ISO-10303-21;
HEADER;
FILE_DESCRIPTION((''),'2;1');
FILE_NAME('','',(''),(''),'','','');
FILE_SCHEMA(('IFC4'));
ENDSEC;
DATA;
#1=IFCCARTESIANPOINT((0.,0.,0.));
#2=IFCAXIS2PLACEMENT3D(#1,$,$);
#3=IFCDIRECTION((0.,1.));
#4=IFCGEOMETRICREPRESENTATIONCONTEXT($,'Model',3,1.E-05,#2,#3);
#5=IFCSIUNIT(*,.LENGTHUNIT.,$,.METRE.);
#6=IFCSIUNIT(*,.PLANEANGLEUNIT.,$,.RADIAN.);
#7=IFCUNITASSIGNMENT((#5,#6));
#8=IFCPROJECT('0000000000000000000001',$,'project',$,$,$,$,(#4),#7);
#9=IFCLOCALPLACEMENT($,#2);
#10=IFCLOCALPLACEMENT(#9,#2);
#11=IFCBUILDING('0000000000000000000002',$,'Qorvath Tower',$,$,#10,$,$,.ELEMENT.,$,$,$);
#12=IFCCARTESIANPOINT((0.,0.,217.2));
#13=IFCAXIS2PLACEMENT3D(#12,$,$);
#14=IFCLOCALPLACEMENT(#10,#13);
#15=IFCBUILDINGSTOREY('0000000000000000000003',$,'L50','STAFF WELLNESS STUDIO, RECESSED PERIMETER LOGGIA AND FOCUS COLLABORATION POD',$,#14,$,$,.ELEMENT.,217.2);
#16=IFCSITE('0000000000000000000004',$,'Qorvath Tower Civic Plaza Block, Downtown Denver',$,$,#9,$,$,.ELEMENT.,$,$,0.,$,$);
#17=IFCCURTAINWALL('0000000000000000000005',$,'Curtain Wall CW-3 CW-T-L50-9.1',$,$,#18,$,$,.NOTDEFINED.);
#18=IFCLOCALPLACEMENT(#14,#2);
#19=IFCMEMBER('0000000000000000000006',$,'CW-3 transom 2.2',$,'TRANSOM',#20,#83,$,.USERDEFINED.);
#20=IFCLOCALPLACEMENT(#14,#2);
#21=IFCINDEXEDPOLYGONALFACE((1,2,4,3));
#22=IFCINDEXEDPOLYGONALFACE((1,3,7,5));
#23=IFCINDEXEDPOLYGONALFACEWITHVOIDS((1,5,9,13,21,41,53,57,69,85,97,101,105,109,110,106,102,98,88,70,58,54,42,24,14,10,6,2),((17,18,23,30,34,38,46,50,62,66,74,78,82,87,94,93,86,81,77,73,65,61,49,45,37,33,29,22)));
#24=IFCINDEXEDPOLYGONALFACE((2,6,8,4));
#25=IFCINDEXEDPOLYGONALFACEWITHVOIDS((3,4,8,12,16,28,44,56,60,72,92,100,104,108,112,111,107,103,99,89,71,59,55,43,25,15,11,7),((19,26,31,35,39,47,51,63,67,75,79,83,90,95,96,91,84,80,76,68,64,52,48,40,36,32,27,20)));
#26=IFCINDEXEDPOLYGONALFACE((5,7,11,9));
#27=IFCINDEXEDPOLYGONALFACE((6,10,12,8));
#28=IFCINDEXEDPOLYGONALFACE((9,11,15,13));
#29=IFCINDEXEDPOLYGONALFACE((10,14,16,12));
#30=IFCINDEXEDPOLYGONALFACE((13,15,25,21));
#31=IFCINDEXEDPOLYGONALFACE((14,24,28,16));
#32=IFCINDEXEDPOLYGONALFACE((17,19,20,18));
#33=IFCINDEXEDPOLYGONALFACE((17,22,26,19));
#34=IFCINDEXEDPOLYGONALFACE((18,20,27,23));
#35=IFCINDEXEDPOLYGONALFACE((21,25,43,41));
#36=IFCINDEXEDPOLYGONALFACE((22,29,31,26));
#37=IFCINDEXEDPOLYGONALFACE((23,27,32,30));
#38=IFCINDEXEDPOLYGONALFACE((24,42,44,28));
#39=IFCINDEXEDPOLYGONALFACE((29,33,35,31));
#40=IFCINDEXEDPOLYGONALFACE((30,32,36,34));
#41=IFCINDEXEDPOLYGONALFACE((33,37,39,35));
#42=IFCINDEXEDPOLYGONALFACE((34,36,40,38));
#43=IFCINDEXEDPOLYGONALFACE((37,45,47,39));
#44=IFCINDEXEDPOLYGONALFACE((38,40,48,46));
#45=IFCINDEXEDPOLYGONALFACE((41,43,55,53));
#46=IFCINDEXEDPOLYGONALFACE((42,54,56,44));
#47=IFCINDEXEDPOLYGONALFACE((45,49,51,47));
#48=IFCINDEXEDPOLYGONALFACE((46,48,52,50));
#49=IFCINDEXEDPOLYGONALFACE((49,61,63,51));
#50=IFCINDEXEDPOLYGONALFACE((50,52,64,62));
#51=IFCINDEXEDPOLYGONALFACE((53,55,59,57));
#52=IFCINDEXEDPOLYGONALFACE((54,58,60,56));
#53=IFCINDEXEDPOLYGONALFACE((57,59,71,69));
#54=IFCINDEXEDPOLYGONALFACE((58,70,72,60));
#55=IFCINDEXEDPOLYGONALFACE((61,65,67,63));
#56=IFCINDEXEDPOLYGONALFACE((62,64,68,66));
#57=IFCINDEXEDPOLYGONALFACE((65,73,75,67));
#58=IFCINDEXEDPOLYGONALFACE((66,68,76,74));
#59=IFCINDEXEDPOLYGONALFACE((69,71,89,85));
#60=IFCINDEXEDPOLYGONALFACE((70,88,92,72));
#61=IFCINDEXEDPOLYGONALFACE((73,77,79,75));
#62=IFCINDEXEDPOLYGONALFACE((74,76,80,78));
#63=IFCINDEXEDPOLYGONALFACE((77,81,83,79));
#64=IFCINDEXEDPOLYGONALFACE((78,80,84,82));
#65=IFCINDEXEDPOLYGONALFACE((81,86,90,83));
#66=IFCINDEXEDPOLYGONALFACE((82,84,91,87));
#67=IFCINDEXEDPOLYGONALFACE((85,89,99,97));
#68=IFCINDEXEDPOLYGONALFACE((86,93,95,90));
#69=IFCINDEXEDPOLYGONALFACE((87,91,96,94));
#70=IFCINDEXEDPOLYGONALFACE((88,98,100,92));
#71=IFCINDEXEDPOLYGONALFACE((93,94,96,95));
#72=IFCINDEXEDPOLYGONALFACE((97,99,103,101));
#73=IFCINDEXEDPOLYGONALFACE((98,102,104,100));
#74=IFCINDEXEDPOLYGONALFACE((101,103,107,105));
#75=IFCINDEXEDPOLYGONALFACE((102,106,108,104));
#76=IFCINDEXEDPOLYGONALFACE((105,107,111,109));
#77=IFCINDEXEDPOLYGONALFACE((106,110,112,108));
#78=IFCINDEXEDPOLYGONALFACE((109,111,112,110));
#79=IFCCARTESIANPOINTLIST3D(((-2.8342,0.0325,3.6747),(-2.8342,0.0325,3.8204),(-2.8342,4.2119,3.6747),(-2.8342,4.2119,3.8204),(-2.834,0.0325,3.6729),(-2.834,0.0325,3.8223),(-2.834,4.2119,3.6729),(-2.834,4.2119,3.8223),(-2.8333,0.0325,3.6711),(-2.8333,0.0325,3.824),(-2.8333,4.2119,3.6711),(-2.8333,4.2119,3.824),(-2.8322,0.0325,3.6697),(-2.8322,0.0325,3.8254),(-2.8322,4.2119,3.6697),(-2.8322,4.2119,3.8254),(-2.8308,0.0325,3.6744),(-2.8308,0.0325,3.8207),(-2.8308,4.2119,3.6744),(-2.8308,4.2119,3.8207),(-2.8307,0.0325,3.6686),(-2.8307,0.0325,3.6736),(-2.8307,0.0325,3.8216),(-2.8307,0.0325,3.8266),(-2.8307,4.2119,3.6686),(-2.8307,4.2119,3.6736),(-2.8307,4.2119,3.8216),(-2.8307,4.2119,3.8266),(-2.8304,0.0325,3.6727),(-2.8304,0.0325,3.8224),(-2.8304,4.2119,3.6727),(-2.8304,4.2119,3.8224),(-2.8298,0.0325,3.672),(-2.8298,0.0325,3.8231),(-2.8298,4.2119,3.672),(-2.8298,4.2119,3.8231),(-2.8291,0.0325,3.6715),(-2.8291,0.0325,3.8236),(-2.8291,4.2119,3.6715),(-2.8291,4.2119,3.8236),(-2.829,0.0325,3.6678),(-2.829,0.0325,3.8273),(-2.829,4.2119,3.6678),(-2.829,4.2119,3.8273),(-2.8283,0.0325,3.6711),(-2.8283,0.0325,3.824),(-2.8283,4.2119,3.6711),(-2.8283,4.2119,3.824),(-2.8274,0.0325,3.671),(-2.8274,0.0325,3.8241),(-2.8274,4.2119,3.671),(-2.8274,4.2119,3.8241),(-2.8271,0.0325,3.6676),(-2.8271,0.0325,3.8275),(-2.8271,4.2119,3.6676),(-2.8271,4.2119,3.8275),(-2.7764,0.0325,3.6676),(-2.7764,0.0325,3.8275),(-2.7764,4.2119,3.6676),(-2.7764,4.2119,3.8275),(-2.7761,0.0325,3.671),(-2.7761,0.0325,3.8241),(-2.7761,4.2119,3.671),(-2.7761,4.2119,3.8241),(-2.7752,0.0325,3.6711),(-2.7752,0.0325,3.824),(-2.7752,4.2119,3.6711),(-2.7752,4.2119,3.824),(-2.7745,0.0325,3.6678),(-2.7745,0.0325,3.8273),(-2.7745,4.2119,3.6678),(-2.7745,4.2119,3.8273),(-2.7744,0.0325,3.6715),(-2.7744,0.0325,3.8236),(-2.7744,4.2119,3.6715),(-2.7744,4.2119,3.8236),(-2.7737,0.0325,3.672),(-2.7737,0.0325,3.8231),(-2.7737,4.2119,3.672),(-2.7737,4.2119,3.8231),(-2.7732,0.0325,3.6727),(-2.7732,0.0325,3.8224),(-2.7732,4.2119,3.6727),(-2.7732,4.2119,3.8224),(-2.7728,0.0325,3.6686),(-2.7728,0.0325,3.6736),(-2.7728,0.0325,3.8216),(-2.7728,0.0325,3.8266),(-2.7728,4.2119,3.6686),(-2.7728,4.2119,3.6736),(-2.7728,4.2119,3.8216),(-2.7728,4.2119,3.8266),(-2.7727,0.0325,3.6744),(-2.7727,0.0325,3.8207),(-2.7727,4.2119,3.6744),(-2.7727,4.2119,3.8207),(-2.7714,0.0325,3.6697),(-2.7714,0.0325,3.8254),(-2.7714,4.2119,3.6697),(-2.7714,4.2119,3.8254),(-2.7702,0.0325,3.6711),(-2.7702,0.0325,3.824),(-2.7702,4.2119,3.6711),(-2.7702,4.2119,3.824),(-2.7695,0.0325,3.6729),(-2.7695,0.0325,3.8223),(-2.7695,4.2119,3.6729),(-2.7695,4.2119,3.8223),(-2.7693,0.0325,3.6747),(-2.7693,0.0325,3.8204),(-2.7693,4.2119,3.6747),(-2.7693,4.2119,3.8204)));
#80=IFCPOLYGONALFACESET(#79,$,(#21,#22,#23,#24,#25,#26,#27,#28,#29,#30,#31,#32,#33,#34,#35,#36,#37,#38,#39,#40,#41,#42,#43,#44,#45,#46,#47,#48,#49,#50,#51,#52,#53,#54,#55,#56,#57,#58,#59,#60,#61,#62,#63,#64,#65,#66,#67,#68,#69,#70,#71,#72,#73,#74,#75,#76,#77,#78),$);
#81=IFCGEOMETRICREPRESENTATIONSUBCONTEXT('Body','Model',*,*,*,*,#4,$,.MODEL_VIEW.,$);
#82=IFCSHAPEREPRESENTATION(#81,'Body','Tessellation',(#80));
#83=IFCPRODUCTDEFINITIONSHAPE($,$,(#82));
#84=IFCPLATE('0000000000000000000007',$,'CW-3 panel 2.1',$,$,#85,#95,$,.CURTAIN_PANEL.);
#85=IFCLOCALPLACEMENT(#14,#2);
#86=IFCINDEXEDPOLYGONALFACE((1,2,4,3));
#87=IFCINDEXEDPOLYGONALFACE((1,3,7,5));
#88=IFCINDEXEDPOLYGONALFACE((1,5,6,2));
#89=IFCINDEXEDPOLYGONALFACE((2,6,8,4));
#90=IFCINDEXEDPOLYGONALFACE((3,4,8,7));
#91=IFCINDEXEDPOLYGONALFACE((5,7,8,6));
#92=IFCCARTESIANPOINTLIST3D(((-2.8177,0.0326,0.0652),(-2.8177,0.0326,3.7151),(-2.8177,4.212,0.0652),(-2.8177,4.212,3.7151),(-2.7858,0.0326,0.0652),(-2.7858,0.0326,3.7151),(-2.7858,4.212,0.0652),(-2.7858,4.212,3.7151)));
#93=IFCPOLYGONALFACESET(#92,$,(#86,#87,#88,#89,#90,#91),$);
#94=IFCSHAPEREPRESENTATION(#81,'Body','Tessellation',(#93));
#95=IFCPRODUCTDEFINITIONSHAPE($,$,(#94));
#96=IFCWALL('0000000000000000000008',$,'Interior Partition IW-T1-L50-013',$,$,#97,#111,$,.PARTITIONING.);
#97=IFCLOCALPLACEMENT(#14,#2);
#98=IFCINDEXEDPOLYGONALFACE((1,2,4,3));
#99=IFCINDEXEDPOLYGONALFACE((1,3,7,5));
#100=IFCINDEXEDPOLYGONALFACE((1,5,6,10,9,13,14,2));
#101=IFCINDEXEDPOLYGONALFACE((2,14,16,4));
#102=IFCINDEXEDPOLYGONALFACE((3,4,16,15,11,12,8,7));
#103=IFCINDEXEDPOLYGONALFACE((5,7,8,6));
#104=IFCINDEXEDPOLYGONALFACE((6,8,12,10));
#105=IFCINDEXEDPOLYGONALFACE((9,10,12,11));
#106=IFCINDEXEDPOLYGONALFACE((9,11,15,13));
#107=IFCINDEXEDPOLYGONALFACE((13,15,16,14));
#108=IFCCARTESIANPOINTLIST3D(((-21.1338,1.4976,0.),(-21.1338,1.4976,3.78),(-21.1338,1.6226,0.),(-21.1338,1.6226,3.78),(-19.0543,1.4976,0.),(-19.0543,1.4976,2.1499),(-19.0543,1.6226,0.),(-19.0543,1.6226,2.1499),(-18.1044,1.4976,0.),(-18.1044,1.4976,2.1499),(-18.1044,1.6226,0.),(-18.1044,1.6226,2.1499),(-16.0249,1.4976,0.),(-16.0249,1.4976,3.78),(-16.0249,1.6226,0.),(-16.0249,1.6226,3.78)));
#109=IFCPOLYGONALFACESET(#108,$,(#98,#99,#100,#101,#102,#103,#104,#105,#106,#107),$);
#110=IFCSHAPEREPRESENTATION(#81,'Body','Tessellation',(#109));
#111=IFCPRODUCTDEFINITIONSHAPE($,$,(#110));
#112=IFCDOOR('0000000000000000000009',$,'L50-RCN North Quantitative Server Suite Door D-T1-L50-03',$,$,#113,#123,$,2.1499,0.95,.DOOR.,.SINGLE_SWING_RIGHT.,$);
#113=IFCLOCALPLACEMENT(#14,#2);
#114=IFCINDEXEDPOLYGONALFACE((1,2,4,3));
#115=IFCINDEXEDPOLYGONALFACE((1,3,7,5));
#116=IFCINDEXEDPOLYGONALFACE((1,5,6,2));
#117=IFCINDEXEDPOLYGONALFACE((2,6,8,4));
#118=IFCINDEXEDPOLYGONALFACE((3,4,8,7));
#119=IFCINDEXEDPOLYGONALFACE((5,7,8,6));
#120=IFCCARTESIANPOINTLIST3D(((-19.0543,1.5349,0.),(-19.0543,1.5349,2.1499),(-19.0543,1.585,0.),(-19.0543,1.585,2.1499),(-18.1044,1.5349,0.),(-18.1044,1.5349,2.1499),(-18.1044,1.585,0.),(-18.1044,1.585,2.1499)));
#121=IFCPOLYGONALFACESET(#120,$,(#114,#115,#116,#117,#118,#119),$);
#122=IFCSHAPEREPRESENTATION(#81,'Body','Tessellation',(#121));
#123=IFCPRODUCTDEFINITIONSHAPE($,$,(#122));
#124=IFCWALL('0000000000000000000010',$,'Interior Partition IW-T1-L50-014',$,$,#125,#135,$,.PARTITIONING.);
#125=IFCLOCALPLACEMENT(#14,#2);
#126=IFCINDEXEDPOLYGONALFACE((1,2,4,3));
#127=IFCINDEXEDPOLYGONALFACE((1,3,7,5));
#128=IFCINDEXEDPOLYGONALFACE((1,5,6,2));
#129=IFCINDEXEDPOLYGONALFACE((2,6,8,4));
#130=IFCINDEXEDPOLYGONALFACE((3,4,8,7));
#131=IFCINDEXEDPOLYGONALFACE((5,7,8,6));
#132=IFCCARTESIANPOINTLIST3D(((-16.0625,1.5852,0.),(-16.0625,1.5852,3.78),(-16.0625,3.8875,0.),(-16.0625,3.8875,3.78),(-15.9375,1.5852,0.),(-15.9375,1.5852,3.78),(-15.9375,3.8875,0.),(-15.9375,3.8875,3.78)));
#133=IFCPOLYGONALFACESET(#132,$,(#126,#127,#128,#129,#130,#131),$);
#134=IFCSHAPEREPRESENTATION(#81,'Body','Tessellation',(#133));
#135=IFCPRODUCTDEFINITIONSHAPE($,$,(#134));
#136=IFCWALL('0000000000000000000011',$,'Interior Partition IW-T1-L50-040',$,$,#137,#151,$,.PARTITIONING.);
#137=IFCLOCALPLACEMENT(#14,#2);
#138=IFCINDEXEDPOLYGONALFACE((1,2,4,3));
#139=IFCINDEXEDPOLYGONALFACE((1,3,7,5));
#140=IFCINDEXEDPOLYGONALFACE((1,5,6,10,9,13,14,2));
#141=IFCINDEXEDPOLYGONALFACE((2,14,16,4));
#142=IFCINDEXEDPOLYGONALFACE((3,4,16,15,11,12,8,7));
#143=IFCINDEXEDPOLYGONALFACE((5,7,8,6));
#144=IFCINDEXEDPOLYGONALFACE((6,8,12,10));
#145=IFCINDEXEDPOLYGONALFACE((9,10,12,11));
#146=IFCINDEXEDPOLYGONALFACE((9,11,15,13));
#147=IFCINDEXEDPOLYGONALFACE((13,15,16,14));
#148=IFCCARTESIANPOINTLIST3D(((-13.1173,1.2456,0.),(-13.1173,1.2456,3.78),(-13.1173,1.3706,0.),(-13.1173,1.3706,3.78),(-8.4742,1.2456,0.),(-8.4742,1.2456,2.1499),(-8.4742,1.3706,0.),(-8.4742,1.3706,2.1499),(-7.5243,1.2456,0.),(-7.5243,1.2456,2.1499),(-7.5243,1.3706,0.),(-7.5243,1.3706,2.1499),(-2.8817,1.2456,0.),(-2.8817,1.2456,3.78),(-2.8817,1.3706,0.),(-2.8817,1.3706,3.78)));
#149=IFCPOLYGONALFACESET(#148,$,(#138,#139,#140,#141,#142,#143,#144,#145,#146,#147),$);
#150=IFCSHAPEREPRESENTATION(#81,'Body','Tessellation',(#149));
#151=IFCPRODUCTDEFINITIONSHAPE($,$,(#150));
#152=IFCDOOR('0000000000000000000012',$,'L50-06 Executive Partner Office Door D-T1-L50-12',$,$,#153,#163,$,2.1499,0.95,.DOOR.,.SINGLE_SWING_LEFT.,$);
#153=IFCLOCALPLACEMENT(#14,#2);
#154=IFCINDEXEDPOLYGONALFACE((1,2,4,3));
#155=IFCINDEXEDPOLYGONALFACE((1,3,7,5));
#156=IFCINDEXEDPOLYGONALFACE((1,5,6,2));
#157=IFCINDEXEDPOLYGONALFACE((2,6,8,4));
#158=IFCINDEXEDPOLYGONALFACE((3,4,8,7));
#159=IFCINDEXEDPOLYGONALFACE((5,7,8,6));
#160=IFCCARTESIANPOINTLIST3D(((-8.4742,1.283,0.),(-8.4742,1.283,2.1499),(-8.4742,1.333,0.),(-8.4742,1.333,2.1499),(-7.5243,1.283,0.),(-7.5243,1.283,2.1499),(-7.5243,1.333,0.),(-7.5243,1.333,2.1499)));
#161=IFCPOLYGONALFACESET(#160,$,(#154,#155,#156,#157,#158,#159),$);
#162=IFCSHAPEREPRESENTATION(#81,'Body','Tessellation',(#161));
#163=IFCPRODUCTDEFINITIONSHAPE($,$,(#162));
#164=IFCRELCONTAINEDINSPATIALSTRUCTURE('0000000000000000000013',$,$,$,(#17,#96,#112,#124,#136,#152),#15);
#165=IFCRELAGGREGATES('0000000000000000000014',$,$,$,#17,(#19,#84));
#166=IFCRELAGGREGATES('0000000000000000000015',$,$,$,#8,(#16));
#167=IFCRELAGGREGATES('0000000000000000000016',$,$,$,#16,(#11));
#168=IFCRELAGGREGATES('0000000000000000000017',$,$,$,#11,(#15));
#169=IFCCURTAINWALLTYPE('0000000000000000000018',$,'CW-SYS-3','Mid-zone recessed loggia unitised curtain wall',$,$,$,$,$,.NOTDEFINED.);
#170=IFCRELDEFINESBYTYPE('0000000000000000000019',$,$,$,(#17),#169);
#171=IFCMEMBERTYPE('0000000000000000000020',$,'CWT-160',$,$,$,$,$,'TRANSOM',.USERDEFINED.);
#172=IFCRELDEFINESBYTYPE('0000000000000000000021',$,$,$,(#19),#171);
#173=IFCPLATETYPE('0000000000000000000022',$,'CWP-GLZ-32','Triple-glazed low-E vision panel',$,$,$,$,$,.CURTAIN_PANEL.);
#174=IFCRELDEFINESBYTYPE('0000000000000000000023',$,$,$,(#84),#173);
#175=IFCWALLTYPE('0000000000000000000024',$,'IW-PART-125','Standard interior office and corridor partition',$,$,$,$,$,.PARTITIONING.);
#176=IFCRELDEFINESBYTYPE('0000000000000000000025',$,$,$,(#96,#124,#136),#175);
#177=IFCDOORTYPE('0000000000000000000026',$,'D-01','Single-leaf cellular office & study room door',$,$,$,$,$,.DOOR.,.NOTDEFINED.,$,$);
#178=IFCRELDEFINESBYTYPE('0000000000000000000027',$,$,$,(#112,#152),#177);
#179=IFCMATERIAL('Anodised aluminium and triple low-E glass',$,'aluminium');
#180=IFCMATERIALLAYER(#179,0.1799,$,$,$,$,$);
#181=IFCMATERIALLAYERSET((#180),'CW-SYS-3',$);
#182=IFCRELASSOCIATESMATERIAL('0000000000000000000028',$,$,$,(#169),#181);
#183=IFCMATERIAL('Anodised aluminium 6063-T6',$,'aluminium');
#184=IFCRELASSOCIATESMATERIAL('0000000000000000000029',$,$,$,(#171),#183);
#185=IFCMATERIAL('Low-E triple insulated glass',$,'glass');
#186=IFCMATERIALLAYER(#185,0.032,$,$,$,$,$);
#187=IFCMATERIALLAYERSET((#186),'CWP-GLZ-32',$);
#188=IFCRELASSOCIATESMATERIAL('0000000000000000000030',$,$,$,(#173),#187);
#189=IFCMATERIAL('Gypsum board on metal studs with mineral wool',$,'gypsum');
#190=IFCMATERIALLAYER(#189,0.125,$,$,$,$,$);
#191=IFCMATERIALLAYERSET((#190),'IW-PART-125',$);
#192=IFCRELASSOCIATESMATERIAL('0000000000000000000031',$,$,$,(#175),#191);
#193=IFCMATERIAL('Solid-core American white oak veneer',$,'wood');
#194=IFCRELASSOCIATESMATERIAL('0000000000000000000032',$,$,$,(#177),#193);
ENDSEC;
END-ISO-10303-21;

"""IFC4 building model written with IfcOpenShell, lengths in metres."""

from ifc_helpers import new_model, si_unit, direction, frame, frame_2d, origin, origin_2d, place, context, subcontext, project, spatial, rectangle, hollow_rectangle, extrude, material, layer, layer_set, material_profile, profile_set, type_object, element, fill, aggregate, save


model = new_model("IFC4")

# Units and contexts
model_context = context("Model", 3, precision=1e-05, world=origin(), true_north=direction((0.0, 1.0)))
body_context = subcontext(model_context, "Body", "Model", "MODEL_VIEW")
ifc_project = project(units=[si_unit("LENGTHUNIT", "METRE"), si_unit("PLANEANGLEUNIT", "RADIAN")], contexts=[model_context])

# Site, building, storey
site_placement = place(None, origin())
site = spatial("IfcSite", under=ifc_project, at=site_placement, Name="Qorvath Tower Civic Plaza Block, Downtown Denver", CompositionType="ELEMENT", RefElevation=0.0)
building_placement = place(site_placement, origin())
building = spatial("IfcBuilding", under=site, at=building_placement, Name="Qorvath Tower", CompositionType="ELEMENT")
storey_placement = place(building_placement, frame((0.0, 0.0, 217.2)))
storey = spatial("IfcBuildingStorey", under=building, at=storey_placement, Name="L50", Description="STAFF WELLNESS STUDIO, RECESSED PERIMETER LOGGIA AND FOCUS COLLABORATION POD", CompositionType="ELEMENT", Elevation=217.2)

# Curtain wall, member, plate
ifc_material_1 = material(Name="Anodised aluminium and triple low-E glass", Category="aluminium")
ifc_layer_1 = layer(ifc_material_1, 0.1799)
ifc_layer_set_1 = layer_set([ifc_layer_1], Name="CW-SYS-3")
curtain_wall_type = type_object("IfcCurtainWallType", Name="CW-SYS-3", Description="Mid-zone recessed loggia unitised curtain wall", PredefinedType="NOTDEFINED", material=ifc_layer_set_1)
curtain_wall_placement = place(storey_placement, origin())
curtain_wall = element("IfcCurtainWall", 1, at=curtain_wall_placement, inside=storey, type_object=curtain_wall_type, Name="Curtain Wall CW-3 CW-T-L50-9.1", PredefinedType="NOTDEFINED")
ifc_material_2 = material(Name="Anodised aluminium 6063-T6", Category="aluminium")
ifc_material_profile_1 = material_profile(ifc_material_2, hollow_rectangle(XDim=0.0649, YDim=0.1599, WallThickness=0.0034, InnerFilletRadius=0.0034, OuterFilletRadius=0.0071, at=origin_2d()), Name="CWT 160x65")
ifc_profile_set_1 = profile_set([ifc_material_profile_1], Name="Anodised aluminium 6063-T6")
member_type_1 = type_object("IfcMemberType", Name="CWT-160", ElementType="TRANSOM", PredefinedType="USERDEFINED", material=ifc_profile_set_1)
member_1_placement = place(storey_placement, frame((-2.8018, 0.0325, 3.7476), z_axis=(0.0, 1.0, 0.0), x_axis=(-1.0, 0.0, 0.0)))
member_1 = element("IfcMember", 2, at=member_1_placement, type_object=member_type_1, Name="CW-3 transom 2.2", ObjectType="TRANSOM", PredefinedType="USERDEFINED", context=body_context, shape_type="SweptSolid", body=[
    extrude(hollow_rectangle(XDim=0.0649, YDim=0.1599, WallThickness=0.0034, InnerFilletRadius=0.0034, OuterFilletRadius=0.0071, at=origin_2d()), origin(), (0.0, 0.0, 1.0), 4.1794),
])
ifc_material_3 = material(Name="Low-E triple insulated glass", Category="glass")
ifc_layer_2 = layer(ifc_material_3, 0.032)
ifc_layer_set_2 = layer_set([ifc_layer_2], Name="CWP-GLZ-32")
plate_type = type_object("IfcPlateType", Name="CWP-GLZ-32", Description="Triple-glazed low-E vision panel", PredefinedType="CURTAIN_PANEL", material=ifc_layer_set_2)
plate_placement = place(storey_placement, frame((-2.8018, 2.1223, 0.0652), z_axis=(0.0, 0.0, 1.0), x_axis=(0.0, 1.0, 0.0)))
plate = element("IfcPlate", 3, at=plate_placement, type_object=plate_type, Name="CW-3 panel 2.1", PredefinedType="CURTAIN_PANEL", context=body_context, shape_type="SweptSolid", body=[
    extrude(rectangle(XDim=4.1794, YDim=0.032, at=origin_2d()), origin(), (0.0, 0.0, 1.0), 3.6499),
])
aggregate(curtain_wall, [member_1, plate])

# Wall, opening, door
ifc_material_4 = material(Name="Gypsum board on metal studs with mineral wool", Category="gypsum")
ifc_layer_3 = layer(ifc_material_4, 0.125)
ifc_layer_set_3 = layer_set([ifc_layer_3], Name="IW-PART-125")
wall_type_1 = type_object("IfcWallType", Name="IW-PART-125", Description="Standard interior office and corridor partition", PredefinedType="PARTITIONING", material=ifc_layer_set_3)
wall_1_placement = place(storey_placement, frame((-21.1338, 1.5601, 0.0), z_axis=(0.0, 0.0, 1.0), x_axis=(1.0, 0.0, 0.0)))
wall_1 = element("IfcWall", 4, at=wall_1_placement, inside=storey, type_object=wall_type_1, Name="Interior Partition IW-T1-L50-013", PredefinedType="PARTITIONING", context=body_context, shape_type="SweptSolid", body=[
    extrude(rectangle(XDim=5.1089, YDim=0.125, at=frame_2d((2.5544, 0.0))), origin(), (0.0, 0.0, 1.0), 3.78),
])
opening_1_placement = place(wall_1_placement, frame((2.0793, 0.0, 0.0)))
opening_1 = element("IfcOpeningElement", 5, at=opening_1_placement, cuts=wall_1, PredefinedType="OPENING", context=body_context, shape_type="SweptSolid", body=[
    extrude(rectangle(XDim=0.95, YDim=2.1499, at=frame_2d((0.4751, 1.075))), frame((0.0, 0.0725, 0.0), z_axis=(0.0, -1.0, 0.0), x_axis=(1.0, 0.0, 0.0)), (0.0, 0.0, 1.0), 0.145),
])
ifc_material_5 = material(Name="Solid-core American white oak veneer", Category="wood")
door_type_1 = type_object("IfcDoorType", Name="D-01", Description="Single-leaf cellular office & study room door", OperationType="NOTDEFINED", PredefinedType="DOOR", material=ifc_material_5)
door_1_placement = place(opening_1_placement, origin())
door_1 = element("IfcDoor", 6, at=door_1_placement, inside=storey, type_object=door_type_1, Name="L50-RCN North Quantitative Server Suite Door D-T1-L50-03", OperationType="SINGLE_SWING_RIGHT", OverallHeight=2.1499, OverallWidth=0.95, PredefinedType="DOOR", context=body_context, shape_type="SweptSolid", body=[
    extrude(rectangle(XDim=0.95, YDim=2.1499, at=frame_2d((0.4751, 1.075))), frame((0.0, 0.0249, 0.0), z_axis=(0.0, -1.0, 0.0), x_axis=(1.0, 0.0, 0.0)), (0.0, 0.0, 1.0), 0.05),
])
fill(opening_1, door_1)

# Wall
wall_2_placement = place(storey_placement, frame((-16.0, 1.5852, 0.0), z_axis=(0.0, 0.0, 1.0), x_axis=(0.0, 1.0, 0.0)))
element("IfcWall", 7, at=wall_2_placement, inside=storey, type_object=wall_type_1, Name="Interior Partition IW-T1-L50-014", PredefinedType="PARTITIONING", context=body_context, shape_type="SweptSolid", body=[
    extrude(rectangle(XDim=2.3022, YDim=0.125, at=frame_2d((1.1511, 0.0))), origin(), (0.0, 0.0, 1.0), 3.78),
])

# Wall, opening, door
wall_3_placement = place(storey_placement, frame((-13.1172, 1.3081, 0.0), z_axis=(0.0, 0.0, 1.0), x_axis=(1.0, 0.0, 0.0)))
wall_3 = element("IfcWall", 8, at=wall_3_placement, inside=storey, type_object=wall_type_1, Name="Interior Partition IW-T1-L50-040", PredefinedType="PARTITIONING", context=body_context, shape_type="SweptSolid", body=[
    extrude(rectangle(XDim=10.2356, YDim=0.125, at=frame_2d((5.1177, 0.0))), origin(), (0.0, 0.0, 1.0), 3.78),
])
opening_2_placement = place(wall_3_placement, frame((4.6428, 0.0, 0.0)))
opening_2 = element("IfcOpeningElement", 9, at=opening_2_placement, cuts=wall_3, PredefinedType="OPENING", context=body_context, shape_type="SweptSolid", body=[
    extrude(rectangle(XDim=0.95, YDim=2.1499, at=frame_2d((0.4751, 1.075))), frame((0.0, 0.0725, 0.0), z_axis=(0.0, -1.0, 0.0), x_axis=(1.0, 0.0, 0.0)), (0.0, 0.0, 1.0), 0.145),
])
door_2_placement = place(opening_2_placement, origin())
door_2 = element("IfcDoor", 10, at=door_2_placement, inside=storey, type_object=door_type_1, Name="L50-06 Executive Partner Office Door D-T1-L50-12", OperationType="SINGLE_SWING_LEFT", OverallHeight=2.1499, OverallWidth=0.95, PredefinedType="DOOR", context=body_context, shape_type="SweptSolid", body=[
    extrude(rectangle(XDim=0.95, YDim=2.1499, at=frame_2d((0.4751, 1.075))), frame((0.0, 0.0249, 0.0), z_axis=(0.0, -1.0, 0.0), x_axis=(1.0, 0.0, 0.0)), (0.0, 0.0, 1.0), 0.05),
])
fill(opening_2, door_2)

save(model, "model.ifc")
